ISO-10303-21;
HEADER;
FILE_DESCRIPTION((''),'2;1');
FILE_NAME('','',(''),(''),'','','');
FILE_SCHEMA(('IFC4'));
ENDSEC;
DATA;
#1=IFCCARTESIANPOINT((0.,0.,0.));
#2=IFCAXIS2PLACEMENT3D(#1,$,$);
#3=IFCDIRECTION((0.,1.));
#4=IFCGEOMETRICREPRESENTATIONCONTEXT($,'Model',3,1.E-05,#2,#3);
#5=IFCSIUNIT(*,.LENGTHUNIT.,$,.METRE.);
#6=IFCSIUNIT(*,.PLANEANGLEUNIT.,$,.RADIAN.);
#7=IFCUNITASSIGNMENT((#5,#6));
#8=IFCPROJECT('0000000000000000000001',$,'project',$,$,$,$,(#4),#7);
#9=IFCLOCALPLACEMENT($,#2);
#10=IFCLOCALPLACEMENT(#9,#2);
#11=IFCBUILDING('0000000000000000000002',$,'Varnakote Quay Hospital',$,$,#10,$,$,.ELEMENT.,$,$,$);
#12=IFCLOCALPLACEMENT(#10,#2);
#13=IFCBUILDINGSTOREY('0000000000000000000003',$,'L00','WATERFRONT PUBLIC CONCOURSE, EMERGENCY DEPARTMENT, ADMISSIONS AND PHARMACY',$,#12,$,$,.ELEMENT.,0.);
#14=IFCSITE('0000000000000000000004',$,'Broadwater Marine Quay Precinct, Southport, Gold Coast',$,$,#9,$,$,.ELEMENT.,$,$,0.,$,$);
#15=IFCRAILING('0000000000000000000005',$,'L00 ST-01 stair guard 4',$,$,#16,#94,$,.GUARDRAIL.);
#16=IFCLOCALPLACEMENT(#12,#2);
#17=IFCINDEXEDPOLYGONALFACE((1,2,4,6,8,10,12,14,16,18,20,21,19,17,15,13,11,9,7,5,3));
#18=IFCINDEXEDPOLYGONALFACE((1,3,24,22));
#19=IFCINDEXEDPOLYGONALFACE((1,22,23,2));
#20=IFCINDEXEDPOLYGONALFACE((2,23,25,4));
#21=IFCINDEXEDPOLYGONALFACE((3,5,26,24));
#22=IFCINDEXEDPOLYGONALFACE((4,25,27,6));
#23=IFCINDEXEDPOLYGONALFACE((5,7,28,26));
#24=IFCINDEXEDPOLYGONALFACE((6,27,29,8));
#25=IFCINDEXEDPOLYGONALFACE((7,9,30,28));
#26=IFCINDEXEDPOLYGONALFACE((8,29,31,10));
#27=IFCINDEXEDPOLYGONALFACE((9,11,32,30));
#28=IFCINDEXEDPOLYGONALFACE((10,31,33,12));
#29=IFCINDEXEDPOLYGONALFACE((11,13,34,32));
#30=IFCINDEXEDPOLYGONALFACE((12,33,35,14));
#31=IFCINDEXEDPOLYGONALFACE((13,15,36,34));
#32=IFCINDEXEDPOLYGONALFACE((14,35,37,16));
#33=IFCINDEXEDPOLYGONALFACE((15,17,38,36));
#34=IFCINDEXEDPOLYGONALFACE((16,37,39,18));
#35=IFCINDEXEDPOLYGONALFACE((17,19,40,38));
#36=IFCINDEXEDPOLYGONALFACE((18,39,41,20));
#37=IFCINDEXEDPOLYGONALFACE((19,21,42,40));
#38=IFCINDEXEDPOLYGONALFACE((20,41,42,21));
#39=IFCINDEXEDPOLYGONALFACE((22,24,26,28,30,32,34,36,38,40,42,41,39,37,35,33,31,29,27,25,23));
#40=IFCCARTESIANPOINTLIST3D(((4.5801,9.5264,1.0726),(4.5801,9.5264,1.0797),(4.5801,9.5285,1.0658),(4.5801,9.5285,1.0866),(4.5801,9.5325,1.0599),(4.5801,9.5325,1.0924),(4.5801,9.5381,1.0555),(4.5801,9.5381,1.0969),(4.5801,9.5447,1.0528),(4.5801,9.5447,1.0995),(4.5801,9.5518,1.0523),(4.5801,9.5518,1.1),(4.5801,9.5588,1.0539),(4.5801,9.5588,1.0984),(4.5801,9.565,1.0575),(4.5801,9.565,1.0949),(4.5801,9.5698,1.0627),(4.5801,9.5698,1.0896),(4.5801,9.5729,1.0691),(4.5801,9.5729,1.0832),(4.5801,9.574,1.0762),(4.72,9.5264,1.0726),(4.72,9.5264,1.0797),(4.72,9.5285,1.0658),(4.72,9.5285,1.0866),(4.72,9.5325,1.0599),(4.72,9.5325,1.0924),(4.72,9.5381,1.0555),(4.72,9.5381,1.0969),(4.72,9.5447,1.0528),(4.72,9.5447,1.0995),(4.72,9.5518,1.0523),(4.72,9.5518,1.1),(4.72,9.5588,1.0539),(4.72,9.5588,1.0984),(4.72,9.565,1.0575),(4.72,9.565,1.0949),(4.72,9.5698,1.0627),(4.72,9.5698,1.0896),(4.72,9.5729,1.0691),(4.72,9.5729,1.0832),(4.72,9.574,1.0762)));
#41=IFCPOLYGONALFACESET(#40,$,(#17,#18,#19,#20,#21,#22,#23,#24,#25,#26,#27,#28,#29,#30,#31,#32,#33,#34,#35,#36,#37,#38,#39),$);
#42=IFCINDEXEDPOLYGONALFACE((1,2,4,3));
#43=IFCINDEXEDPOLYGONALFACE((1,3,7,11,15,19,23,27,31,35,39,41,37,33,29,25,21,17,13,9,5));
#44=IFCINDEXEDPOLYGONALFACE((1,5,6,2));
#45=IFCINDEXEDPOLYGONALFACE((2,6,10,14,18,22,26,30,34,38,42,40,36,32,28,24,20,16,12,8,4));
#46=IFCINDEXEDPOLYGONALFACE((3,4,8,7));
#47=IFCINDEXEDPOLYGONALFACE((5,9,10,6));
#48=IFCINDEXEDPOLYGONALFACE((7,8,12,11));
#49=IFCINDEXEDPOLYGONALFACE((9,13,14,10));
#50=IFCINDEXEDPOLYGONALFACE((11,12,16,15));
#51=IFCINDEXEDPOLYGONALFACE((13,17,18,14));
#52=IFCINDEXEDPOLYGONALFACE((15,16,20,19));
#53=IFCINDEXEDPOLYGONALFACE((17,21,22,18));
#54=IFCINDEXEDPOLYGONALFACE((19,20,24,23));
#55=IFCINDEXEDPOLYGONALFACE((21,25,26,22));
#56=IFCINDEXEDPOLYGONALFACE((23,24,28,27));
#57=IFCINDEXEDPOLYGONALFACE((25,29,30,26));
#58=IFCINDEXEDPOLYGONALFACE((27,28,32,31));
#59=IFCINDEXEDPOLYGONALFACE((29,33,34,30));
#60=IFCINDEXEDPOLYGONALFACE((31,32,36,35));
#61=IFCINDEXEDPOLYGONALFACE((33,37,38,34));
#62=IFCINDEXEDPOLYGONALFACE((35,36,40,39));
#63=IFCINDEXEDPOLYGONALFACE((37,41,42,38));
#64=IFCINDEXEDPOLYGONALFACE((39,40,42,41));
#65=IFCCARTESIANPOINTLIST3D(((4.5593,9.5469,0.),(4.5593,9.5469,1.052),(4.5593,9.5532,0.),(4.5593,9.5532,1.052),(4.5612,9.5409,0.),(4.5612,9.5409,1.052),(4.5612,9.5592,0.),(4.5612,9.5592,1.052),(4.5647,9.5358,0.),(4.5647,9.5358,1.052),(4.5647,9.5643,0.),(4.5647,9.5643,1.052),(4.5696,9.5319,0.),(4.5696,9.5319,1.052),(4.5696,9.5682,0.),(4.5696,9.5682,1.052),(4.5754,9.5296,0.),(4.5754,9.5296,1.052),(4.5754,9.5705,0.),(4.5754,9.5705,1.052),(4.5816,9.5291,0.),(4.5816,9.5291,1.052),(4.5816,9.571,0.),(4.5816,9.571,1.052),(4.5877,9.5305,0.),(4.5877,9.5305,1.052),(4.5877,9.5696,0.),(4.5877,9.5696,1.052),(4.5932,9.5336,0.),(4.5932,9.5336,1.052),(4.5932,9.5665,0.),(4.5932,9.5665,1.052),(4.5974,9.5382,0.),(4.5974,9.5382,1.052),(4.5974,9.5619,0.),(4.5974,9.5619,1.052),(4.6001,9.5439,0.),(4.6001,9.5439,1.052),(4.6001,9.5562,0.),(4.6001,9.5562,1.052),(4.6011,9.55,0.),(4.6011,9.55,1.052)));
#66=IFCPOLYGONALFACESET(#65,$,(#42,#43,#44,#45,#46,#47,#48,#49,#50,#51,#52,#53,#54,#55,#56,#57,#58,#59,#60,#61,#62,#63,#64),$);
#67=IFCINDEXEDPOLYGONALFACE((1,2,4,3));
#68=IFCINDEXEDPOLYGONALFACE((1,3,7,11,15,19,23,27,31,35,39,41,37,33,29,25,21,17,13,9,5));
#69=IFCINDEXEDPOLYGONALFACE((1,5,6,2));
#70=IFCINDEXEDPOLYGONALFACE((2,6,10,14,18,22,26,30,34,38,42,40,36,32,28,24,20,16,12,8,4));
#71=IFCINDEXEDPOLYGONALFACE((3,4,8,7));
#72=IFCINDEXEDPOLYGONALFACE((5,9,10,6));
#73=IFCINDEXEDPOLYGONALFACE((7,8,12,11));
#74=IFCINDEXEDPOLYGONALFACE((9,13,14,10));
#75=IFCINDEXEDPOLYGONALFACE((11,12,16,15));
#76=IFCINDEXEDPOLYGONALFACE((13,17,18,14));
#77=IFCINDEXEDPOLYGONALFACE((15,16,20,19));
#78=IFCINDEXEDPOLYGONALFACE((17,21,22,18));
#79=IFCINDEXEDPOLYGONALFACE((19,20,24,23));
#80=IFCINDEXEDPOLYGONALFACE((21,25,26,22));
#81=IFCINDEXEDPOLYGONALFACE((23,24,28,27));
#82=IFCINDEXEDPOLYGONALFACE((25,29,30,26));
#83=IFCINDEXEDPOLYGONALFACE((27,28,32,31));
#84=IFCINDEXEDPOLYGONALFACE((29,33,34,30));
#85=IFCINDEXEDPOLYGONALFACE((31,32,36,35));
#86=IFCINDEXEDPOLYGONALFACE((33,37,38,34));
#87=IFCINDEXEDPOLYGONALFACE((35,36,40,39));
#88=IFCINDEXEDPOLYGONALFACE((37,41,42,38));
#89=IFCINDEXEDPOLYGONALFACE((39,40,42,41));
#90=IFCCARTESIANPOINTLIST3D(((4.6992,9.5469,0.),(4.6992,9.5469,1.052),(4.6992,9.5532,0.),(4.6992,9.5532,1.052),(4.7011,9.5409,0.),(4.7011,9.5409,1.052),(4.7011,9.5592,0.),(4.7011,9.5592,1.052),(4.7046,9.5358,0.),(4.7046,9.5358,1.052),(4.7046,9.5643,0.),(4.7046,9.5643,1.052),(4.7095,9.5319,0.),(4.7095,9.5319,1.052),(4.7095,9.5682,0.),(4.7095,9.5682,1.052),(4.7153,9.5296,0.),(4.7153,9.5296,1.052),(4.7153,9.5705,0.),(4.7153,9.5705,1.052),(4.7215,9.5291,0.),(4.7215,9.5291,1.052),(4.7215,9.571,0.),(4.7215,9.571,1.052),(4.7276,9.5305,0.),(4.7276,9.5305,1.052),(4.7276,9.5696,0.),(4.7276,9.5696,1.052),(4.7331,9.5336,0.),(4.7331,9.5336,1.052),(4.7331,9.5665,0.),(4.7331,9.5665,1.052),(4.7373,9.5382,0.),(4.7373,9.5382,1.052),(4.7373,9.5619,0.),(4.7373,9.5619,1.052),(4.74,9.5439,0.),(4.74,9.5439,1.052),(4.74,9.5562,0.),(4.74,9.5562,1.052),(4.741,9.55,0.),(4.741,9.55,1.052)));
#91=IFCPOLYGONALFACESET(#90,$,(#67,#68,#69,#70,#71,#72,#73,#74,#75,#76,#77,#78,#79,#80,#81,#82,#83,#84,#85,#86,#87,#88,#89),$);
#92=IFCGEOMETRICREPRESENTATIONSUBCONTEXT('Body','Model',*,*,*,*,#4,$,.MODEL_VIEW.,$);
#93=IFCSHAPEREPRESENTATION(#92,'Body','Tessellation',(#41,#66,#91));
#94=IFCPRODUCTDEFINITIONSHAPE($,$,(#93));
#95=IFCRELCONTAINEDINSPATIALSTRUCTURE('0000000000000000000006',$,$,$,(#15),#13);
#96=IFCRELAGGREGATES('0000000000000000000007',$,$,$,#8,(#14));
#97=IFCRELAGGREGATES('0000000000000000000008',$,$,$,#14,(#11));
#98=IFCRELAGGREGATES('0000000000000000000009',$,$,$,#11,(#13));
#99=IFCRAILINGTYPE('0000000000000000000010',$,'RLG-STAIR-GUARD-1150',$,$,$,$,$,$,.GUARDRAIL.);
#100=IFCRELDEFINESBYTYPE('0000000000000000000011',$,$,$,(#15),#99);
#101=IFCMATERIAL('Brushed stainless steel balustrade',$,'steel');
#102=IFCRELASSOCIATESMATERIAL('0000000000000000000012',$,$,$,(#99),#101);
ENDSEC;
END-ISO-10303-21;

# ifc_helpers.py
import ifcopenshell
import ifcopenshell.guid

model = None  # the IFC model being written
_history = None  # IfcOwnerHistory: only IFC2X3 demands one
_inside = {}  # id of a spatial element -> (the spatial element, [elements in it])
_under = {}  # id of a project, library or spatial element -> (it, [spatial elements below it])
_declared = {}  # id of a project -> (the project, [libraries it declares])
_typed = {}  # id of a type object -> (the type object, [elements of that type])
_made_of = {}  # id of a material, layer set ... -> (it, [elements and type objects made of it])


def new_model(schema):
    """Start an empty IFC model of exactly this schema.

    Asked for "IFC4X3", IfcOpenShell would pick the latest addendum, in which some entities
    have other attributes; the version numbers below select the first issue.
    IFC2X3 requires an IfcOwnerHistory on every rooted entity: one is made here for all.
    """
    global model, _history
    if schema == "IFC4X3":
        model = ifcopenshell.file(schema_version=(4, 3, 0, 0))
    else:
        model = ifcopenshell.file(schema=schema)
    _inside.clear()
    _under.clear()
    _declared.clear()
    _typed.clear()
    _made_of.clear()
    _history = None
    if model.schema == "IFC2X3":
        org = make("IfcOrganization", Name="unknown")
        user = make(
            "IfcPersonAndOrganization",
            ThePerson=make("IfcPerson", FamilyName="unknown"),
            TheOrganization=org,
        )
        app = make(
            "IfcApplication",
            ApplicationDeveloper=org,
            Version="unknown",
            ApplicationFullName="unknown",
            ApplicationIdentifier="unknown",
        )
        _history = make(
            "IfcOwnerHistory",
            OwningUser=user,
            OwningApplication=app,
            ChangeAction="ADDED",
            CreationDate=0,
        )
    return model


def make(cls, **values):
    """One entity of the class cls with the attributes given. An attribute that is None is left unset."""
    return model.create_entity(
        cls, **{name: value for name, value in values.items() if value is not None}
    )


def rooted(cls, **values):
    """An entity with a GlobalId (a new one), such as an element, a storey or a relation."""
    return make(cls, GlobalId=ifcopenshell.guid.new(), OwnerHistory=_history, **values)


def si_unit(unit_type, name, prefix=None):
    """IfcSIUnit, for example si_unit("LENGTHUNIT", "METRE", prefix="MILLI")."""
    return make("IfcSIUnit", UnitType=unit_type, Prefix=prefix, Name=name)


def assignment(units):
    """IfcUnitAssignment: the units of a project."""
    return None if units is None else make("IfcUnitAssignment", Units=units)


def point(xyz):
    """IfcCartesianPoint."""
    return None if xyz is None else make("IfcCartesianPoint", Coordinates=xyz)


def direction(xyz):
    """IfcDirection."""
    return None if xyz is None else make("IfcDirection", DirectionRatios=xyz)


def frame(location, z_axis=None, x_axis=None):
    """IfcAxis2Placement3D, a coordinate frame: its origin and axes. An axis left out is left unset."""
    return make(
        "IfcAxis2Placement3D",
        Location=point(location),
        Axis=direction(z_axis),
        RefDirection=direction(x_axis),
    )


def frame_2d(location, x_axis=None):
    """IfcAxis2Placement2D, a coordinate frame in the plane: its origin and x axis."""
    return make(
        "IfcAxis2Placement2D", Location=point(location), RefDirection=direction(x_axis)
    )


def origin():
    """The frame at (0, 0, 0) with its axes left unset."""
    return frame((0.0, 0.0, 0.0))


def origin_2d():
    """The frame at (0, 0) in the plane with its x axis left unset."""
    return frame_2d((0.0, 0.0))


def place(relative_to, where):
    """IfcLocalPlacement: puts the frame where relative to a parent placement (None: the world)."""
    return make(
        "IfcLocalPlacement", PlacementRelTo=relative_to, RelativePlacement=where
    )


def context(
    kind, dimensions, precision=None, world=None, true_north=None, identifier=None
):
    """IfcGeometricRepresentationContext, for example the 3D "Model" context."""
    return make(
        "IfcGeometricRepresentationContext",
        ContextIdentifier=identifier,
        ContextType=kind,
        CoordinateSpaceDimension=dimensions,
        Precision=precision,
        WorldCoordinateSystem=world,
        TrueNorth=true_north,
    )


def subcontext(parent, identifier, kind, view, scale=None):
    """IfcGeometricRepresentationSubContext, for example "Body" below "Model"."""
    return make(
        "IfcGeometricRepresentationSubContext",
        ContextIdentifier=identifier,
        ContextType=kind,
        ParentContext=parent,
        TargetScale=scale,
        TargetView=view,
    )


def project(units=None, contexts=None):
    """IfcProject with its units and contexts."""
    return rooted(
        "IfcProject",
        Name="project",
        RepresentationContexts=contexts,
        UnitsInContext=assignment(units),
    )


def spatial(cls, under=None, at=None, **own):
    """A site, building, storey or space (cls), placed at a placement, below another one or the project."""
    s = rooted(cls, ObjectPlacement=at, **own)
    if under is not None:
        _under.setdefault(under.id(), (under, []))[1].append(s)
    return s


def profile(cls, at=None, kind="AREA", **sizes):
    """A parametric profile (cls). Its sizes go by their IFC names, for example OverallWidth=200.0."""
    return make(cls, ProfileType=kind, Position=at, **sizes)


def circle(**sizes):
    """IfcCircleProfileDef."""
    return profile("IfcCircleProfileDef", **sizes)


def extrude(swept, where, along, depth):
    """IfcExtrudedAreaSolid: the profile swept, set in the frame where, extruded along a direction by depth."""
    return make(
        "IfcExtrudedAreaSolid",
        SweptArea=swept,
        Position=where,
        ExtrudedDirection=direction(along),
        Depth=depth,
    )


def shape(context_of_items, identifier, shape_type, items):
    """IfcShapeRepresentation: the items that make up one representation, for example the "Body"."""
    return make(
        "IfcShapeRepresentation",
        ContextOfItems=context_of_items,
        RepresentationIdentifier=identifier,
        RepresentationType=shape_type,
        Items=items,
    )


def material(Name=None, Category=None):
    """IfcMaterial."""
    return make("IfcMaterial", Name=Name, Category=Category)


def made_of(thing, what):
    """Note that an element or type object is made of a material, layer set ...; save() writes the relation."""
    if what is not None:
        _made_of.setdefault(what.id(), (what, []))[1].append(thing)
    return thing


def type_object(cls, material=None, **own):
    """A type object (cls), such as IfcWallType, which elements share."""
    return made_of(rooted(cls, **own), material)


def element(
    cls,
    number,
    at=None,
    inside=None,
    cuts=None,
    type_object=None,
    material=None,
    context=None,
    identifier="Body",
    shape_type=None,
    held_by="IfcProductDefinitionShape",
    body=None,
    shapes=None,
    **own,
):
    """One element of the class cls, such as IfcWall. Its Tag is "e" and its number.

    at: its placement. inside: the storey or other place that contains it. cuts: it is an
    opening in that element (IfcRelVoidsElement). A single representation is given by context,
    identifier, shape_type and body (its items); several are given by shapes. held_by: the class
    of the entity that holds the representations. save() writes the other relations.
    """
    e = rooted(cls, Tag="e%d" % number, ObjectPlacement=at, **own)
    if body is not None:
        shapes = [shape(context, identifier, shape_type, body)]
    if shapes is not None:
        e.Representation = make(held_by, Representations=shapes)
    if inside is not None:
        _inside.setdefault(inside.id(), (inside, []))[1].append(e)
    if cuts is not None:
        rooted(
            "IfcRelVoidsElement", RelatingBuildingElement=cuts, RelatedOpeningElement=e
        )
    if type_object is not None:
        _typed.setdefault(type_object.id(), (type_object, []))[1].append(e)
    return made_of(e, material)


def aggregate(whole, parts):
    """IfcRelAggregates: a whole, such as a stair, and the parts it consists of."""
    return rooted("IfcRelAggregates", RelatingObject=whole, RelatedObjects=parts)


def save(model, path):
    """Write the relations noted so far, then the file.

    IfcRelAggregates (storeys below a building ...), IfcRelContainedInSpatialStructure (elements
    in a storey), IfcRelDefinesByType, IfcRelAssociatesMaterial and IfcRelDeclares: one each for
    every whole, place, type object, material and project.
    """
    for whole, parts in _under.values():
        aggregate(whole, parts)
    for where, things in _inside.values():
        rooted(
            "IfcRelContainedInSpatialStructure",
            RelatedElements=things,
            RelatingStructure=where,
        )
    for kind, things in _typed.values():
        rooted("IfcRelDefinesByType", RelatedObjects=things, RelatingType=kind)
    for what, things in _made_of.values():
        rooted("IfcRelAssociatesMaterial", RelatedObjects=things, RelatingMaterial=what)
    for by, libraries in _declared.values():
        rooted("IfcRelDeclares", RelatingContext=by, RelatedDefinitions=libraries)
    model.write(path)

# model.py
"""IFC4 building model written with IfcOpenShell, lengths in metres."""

from ifc_helpers import new_model, si_unit, direction, frame, origin, origin_2d, place, context, subcontext, project, spatial, circle, extrude, material, type_object, element, save


model = new_model("IFC4")

# Units and contexts
model_context = context("Model", 3, precision=1e-05, world=origin(), true_north=direction((0.0, 1.0)))
body_context = subcontext(model_context, "Body", "Model", "MODEL_VIEW")
ifc_project = project(units=[si_unit("LENGTHUNIT", "METRE"), si_unit("PLANEANGLEUNIT", "RADIAN")], contexts=[model_context])

# Site, building, storey
site_placement = place(None, origin())
site = spatial("IfcSite", under=ifc_project, at=site_placement, Name="Broadwater Marine Quay Precinct, Southport, Gold Coast", CompositionType="ELEMENT", RefElevation=0.0)
building_placement = place(site_placement, origin())
building = spatial("IfcBuilding", under=site, at=building_placement, Name="Varnakote Quay Hospital", CompositionType="ELEMENT")
storey_placement = place(building_placement, origin())
storey = spatial("IfcBuildingStorey", under=building, at=storey_placement, Name="L00", Description="WATERFRONT PUBLIC CONCOURSE, EMERGENCY DEPARTMENT, ADMISSIONS AND PHARMACY", CompositionType="ELEMENT", Elevation=0.0)

# Railing
ifc_material_1 = material(Name="Brushed stainless steel balustrade", Category="steel")
railing_type_1 = type_object("IfcRailingType", Name="RLG-STAIR-GUARD-1150", PredefinedType="GUARDRAIL", material=ifc_material_1)
railing_1_placement = place(storey_placement, frame((4.5801, 9.55, 0.0)))
element("IfcRailing", 1, at=railing_1_placement, inside=storey, type_object=railing_type_1, Name="L00 ST-01 stair guard 4", PredefinedType="GUARDRAIL", context=body_context, shape_type="SweptSolid", body=[
    extrude(circle(Radius=0.0239, at=origin_2d()), frame((0.0, 0.0, 1.0762), z_axis=(1.0, 0.0, 0.0), x_axis=(0.0, 1.0, 0.0)), (0.0, 0.0, 1.0), 0.1399),
    extrude(circle(Radius=0.021, at=origin_2d()), origin(), (0.0, 0.0, 1.0), 1.052),
    extrude(circle(Radius=0.021, at=origin_2d()), frame((0.1399, 0.0, 0.0)), (0.0, 0.0, 1.0), 1.052),
])

save(model, "model.ifc")
